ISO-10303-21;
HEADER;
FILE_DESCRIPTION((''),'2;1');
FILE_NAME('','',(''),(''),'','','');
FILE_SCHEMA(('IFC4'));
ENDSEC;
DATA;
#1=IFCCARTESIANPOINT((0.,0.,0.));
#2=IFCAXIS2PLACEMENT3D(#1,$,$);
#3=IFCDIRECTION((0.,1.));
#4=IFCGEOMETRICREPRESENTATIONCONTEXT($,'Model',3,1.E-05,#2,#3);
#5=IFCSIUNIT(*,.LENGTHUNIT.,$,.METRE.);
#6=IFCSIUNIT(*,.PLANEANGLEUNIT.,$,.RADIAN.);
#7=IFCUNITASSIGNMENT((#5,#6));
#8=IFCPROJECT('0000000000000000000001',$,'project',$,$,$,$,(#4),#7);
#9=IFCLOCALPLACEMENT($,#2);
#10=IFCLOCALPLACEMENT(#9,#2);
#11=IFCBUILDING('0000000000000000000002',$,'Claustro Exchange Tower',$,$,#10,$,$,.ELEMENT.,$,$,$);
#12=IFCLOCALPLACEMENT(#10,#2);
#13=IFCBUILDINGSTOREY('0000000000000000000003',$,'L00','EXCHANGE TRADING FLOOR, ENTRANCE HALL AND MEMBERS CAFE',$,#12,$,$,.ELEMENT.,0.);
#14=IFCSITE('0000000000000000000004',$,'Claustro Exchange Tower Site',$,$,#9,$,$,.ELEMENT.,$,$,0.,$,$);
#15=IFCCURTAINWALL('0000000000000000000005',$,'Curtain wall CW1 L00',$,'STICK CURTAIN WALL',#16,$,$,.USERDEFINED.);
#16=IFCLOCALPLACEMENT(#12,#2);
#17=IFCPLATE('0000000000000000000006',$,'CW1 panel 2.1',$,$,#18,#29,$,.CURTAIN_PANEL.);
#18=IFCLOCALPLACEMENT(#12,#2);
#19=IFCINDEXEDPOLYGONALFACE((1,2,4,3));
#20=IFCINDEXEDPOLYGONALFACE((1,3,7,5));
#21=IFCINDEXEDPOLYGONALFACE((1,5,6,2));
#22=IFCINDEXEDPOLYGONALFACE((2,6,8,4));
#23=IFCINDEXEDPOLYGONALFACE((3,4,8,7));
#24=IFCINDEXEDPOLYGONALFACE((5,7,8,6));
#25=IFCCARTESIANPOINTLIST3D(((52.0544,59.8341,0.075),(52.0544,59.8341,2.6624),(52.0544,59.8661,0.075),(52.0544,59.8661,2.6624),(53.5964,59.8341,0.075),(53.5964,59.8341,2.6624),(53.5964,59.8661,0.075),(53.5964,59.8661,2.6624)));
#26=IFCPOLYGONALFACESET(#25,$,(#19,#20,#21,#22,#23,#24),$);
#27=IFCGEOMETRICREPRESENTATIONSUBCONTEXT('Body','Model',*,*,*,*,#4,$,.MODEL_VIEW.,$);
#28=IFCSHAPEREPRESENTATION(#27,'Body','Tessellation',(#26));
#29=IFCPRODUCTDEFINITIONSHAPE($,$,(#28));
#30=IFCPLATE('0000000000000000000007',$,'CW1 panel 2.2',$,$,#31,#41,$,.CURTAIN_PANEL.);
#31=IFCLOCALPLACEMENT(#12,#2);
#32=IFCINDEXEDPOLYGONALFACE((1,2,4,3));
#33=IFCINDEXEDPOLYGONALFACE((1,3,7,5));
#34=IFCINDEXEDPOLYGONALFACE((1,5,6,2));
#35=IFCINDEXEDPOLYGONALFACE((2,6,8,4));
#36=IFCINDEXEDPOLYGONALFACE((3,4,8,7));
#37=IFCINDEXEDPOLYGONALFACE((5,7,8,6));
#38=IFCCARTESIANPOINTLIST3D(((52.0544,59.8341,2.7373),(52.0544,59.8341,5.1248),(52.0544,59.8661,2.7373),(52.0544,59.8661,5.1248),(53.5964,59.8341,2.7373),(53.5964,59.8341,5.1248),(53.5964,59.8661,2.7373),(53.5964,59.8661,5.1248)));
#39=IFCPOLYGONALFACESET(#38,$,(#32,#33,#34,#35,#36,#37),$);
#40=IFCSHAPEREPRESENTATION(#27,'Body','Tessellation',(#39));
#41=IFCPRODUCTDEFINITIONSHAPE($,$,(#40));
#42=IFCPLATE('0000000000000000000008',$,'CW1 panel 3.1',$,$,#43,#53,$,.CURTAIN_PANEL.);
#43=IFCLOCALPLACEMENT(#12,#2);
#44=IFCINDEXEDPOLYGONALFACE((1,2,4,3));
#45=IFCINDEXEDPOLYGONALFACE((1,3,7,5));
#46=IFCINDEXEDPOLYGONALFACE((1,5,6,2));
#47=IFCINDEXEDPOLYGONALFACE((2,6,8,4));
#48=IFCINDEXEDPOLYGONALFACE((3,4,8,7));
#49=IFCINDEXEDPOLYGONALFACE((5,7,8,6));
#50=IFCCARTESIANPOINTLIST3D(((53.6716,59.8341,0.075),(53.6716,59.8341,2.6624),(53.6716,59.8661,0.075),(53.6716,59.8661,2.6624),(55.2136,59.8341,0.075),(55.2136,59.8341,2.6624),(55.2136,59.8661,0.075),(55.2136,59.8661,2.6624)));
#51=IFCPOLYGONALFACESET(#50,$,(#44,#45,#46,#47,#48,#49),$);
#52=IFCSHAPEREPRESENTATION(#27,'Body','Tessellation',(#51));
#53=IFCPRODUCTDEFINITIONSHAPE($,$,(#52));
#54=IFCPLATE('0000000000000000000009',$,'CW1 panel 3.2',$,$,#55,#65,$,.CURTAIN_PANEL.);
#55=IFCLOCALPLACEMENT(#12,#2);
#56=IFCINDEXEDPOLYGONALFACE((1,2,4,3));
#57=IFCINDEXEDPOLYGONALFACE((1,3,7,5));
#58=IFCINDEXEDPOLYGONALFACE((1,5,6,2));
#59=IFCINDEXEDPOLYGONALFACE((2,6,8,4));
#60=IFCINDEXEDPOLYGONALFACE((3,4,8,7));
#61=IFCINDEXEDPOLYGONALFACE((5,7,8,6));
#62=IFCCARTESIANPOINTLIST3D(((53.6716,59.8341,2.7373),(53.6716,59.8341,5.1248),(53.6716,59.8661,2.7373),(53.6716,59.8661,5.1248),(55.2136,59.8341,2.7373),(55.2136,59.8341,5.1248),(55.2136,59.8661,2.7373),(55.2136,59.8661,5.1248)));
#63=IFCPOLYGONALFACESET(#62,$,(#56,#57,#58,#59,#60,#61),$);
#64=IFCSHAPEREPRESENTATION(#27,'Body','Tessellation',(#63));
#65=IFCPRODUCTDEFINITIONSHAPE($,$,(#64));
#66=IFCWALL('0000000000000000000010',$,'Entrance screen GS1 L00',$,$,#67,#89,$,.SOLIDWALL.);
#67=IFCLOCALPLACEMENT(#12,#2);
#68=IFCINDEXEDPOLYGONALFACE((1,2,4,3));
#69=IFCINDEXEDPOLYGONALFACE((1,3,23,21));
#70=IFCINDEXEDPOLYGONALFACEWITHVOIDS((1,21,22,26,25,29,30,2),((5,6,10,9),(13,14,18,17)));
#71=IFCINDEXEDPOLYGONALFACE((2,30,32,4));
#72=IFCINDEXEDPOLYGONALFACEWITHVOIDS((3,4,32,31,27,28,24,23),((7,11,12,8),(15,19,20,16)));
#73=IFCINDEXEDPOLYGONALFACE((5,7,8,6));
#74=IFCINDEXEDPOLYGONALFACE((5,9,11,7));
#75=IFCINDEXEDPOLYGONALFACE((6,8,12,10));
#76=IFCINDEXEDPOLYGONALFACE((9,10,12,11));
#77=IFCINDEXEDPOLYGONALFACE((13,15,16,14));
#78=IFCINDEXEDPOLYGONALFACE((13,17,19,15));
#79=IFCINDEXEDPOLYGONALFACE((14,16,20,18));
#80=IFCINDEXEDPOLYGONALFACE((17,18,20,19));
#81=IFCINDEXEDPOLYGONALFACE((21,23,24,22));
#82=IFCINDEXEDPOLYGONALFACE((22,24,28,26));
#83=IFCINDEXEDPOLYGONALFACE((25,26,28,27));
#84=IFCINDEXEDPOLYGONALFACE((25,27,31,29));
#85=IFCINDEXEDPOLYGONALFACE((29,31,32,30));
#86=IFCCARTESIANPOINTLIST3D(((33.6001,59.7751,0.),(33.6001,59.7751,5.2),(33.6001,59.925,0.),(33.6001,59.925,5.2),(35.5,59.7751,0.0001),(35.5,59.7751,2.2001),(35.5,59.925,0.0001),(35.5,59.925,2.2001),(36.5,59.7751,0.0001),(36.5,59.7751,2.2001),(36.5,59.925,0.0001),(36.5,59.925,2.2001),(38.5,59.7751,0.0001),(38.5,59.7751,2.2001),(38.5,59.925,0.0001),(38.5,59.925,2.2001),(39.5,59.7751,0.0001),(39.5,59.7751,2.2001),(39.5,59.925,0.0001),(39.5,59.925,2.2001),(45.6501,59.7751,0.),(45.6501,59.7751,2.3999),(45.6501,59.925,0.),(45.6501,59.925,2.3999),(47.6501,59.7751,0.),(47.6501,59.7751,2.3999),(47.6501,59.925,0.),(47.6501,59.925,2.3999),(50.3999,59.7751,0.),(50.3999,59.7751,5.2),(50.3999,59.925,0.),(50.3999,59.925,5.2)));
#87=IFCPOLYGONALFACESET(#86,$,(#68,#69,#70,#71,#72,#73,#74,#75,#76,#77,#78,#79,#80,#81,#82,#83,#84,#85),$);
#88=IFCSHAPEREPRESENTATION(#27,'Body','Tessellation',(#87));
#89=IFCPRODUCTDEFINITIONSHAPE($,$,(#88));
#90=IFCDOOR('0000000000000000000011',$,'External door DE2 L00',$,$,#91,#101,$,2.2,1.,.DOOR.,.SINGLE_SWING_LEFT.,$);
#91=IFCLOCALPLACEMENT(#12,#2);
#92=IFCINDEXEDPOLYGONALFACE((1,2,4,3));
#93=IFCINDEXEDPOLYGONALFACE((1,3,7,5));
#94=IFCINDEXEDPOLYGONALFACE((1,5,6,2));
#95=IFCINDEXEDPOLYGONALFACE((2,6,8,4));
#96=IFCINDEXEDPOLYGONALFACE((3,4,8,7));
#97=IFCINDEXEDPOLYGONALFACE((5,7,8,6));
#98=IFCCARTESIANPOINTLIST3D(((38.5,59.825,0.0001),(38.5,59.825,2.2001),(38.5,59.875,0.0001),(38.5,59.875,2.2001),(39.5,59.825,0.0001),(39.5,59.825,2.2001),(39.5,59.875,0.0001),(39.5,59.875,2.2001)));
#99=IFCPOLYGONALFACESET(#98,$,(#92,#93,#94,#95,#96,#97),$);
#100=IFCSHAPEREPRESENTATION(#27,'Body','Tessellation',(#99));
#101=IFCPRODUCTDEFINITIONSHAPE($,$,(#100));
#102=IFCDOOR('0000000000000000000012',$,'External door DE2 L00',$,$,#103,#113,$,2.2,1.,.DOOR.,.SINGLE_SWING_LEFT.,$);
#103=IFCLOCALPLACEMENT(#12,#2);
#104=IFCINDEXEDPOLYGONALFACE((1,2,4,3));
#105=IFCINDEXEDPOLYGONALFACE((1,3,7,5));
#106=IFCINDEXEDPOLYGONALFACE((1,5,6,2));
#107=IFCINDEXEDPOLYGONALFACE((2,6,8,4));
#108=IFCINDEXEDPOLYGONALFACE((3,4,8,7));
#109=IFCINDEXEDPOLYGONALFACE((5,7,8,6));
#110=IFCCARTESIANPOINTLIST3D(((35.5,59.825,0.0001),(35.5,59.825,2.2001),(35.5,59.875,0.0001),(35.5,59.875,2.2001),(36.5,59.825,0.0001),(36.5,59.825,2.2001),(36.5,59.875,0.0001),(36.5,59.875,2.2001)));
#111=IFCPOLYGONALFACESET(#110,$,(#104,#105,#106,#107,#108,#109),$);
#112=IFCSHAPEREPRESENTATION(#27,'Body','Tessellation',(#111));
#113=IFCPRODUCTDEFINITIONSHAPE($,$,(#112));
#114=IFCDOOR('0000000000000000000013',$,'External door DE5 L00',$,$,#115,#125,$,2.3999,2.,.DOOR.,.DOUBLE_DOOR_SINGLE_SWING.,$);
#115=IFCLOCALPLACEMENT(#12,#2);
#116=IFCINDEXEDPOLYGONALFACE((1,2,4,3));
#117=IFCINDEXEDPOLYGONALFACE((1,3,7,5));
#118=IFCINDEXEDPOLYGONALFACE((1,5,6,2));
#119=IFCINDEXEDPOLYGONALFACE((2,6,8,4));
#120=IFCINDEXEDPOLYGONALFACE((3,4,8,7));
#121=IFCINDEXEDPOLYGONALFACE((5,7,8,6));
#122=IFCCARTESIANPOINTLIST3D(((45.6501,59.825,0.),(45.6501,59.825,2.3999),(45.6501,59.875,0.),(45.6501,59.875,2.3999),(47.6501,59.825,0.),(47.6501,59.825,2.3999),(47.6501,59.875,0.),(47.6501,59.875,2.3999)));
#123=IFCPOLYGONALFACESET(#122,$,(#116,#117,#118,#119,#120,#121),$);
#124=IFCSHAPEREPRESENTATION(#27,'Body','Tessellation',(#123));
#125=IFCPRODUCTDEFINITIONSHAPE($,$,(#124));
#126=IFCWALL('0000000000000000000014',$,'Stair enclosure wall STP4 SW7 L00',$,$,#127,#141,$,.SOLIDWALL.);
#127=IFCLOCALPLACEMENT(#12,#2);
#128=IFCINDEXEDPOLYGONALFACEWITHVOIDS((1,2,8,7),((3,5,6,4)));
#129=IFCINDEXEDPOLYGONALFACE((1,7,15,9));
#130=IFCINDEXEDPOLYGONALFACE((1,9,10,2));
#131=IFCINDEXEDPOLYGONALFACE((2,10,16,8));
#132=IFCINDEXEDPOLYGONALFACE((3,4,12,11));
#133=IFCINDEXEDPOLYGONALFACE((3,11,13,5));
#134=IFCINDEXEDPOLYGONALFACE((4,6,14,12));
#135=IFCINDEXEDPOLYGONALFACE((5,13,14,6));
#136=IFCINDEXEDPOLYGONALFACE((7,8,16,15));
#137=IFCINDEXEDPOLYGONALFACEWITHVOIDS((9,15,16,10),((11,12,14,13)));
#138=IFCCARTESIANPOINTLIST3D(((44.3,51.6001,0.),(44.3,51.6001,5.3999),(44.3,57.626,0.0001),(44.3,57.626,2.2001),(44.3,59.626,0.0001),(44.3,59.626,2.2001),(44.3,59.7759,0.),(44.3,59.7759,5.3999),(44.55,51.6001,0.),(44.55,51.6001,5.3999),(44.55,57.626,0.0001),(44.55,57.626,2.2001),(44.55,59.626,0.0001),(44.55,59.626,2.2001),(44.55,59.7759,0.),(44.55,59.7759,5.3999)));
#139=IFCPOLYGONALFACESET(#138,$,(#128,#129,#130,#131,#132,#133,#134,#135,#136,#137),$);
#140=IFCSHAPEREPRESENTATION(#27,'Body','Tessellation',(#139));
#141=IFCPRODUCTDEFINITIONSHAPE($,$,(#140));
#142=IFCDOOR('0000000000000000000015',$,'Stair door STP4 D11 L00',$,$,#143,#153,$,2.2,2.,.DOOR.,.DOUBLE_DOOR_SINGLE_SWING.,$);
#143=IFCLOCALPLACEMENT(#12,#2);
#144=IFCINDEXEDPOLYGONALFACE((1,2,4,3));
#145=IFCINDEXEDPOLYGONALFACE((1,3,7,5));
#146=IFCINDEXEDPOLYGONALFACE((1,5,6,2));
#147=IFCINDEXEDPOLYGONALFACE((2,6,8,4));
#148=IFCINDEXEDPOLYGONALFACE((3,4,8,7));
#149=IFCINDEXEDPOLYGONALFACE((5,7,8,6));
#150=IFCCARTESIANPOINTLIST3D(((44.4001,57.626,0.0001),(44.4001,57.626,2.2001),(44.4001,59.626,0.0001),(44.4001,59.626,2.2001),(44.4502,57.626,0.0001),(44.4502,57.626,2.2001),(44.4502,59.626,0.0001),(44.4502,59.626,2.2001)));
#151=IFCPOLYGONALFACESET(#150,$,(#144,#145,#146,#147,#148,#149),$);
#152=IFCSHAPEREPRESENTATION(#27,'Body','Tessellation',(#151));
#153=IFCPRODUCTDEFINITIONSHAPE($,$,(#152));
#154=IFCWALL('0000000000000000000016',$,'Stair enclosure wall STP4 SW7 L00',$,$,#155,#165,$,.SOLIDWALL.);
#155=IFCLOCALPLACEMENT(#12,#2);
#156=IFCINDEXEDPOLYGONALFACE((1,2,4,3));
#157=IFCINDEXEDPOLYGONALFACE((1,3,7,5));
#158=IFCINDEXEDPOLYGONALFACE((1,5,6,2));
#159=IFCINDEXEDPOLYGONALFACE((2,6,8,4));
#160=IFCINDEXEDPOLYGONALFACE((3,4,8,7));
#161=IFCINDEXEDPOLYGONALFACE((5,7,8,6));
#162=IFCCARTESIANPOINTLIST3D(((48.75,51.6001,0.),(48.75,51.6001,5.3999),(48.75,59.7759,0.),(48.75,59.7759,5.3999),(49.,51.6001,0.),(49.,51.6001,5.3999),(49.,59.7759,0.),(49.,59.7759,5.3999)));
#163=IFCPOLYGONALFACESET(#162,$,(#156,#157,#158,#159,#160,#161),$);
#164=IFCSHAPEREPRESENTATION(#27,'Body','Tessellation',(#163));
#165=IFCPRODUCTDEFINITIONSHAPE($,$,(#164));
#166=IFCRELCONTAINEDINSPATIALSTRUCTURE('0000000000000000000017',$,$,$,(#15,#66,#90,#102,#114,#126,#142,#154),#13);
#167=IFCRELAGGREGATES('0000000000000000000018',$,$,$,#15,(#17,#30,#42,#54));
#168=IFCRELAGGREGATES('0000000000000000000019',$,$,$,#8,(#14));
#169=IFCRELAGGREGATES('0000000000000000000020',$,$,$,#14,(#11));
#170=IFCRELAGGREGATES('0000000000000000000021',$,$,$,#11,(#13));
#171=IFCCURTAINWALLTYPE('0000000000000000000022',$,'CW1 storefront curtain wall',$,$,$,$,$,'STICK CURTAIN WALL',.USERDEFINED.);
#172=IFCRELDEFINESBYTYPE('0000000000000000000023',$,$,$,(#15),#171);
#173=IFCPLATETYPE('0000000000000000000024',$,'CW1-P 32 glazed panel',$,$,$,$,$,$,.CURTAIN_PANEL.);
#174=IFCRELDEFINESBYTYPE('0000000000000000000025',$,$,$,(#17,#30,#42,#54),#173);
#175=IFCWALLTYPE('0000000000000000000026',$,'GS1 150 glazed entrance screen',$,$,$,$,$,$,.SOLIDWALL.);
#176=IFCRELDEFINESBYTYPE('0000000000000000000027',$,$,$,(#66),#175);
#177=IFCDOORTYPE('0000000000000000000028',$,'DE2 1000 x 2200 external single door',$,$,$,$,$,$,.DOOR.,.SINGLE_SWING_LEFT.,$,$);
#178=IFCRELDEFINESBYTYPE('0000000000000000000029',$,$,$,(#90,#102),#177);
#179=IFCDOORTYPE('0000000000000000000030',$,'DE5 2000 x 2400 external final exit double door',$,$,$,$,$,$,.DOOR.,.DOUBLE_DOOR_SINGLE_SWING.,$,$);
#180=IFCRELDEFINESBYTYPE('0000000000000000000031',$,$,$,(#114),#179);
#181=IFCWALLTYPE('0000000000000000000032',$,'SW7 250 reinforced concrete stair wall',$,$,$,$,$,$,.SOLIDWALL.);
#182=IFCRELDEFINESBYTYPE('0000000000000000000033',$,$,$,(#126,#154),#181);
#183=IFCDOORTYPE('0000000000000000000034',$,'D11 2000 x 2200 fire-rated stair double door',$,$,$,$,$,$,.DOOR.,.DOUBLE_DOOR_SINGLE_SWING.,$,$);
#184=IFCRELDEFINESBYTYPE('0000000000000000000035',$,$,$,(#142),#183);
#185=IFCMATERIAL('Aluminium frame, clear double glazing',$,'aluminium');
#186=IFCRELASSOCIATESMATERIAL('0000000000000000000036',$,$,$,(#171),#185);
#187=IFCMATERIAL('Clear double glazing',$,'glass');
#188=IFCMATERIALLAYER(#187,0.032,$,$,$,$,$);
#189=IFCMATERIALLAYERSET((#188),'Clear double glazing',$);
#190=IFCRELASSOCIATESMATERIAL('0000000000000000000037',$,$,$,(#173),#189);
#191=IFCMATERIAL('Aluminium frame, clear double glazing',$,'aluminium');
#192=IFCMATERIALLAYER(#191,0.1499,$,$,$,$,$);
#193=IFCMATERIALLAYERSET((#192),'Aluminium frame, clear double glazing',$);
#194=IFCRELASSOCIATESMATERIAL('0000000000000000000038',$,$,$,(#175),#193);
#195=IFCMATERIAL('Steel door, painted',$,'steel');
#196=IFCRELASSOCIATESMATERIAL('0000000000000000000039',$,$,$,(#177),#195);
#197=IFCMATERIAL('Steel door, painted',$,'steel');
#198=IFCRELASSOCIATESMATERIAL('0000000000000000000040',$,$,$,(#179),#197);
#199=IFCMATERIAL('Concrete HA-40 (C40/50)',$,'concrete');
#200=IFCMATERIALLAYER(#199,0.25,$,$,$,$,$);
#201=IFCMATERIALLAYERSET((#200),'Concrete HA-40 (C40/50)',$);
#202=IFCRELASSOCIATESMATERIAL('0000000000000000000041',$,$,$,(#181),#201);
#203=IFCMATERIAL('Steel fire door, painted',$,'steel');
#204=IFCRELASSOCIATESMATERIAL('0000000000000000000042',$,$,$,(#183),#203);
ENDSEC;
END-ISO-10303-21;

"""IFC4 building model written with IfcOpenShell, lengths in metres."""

from ifc_helpers import new_model, si_unit, direction, frame, frame_2d, origin, origin_2d, place, context, subcontext, project, spatial, rectangle, extrude, material, layer, layer_set, type_object, element, fill, aggregate, save


model = new_model("IFC4")

# Units and contexts
model_context = context("Model", 3, precision=1e-05, world=origin(), true_north=direction((0.0, 1.0)))
body_context = subcontext(model_context, "Body", "Model", "MODEL_VIEW")
ifc_project = project(units=[si_unit("LENGTHUNIT", "METRE"), si_unit("PLANEANGLEUNIT", "RADIAN")], contexts=[model_context])

# Site, building, storey
site_placement = place(None, origin())
site = spatial("IfcSite", under=ifc_project, at=site_placement, Name="Claustro Exchange Tower Site", CompositionType="ELEMENT", RefElevation=0.0)
building_placement = place(site_placement, origin())
building = spatial("IfcBuilding", under=site, at=building_placement, Name="Claustro Exchange Tower", CompositionType="ELEMENT")
storey_placement = place(building_placement, origin())
storey = spatial("IfcBuildingStorey", under=building, at=storey_placement, Name="L00", Description="EXCHANGE TRADING FLOOR, ENTRANCE HALL AND MEMBERS CAFE", CompositionType="ELEMENT", Elevation=0.0)

# Curtain wall, plates
ifc_material_1 = material(Name="Aluminium frame, clear double glazing", Category="aluminium")
curtain_wall_type = type_object("IfcCurtainWallType", Name="CW1 storefront curtain wall", ElementType="STICK CURTAIN WALL", PredefinedType="USERDEFINED", material=ifc_material_1)
curtain_wall_placement = place(storey_placement, origin())
curtain_wall = element("IfcCurtainWall", 1, at=curtain_wall_placement, inside=storey, type_object=curtain_wall_type, Name="Curtain wall CW1 L00", ObjectType="STICK CURTAIN WALL", PredefinedType="USERDEFINED")
ifc_material_2 = material(Name="Clear double glazing", Category="glass")
ifc_layer_1 = layer(ifc_material_2, 0.032)
ifc_layer_set_1 = layer_set([ifc_layer_1], Name="Clear double glazing")
plate_type = type_object("IfcPlateType", Name="CW1-P 32 glazed panel", PredefinedType="CURTAIN_PANEL", material=ifc_layer_set_1)
plate_1_placement = place(storey_placement, frame((52.8254, 59.8501, 0.075), z_axis=(0.0, 0.0, 1.0), x_axis=(1.0, 0.0, 0.0)))
plate_1 = element("IfcPlate", 2, at=plate_1_placement, type_object=plate_type, Name="CW1 panel 2.1", PredefinedType="CURTAIN_PANEL", context=body_context, shape_type="SweptSolid", body=[
    extrude(rectangle(XDim=1.542, YDim=0.032, at=origin_2d()), origin(), (0.0, 0.0, 1.0), 2.5874),
])
plate_2_placement = place(storey_placement, frame((52.8254, 59.8501, 2.7373), z_axis=(0.0, 0.0, 1.0), x_axis=(1.0, 0.0, 0.0)))
plate_2 = element("IfcPlate", 3, at=plate_2_placement, type_object=plate_type, Name="CW1 panel 2.2", PredefinedType="CURTAIN_PANEL", context=body_context, shape_type="SweptSolid", body=[
    extrude(rectangle(XDim=1.542, YDim=0.032, at=origin_2d()), origin(), (0.0, 0.0, 1.0), 2.3875),
])
plate_3_placement = place(storey_placement, frame((54.4426, 59.8501, 0.075), z_axis=(0.0, 0.0, 1.0), x_axis=(1.0, 0.0, 0.0)))
plate_3 = element("IfcPlate", 4, at=plate_3_placement, type_object=plate_type, Name="CW1 panel 3.1", PredefinedType="CURTAIN_PANEL", context=body_context, shape_type="SweptSolid", body=[
    extrude(rectangle(XDim=1.542, YDim=0.032, at=origin_2d()), origin(), (0.0, 0.0, 1.0), 2.5874),
])
plate_4_placement = place(storey_placement, frame((54.4426, 59.8501, 2.7373), z_axis=(0.0, 0.0, 1.0), x_axis=(1.0, 0.0, 0.0)))
plate_4 = element("IfcPlate", 5, at=plate_4_placement, type_object=plate_type, Name="CW1 panel 3.2", PredefinedType="CURTAIN_PANEL", context=body_context, shape_type="SweptSolid", body=[
    extrude(rectangle(XDim=1.542, YDim=0.032, at=origin_2d()), origin(), (0.0, 0.0, 1.0), 2.3875),
])
aggregate(curtain_wall, [plate_1, plate_2, plate_3, plate_4])

# Wall, openings, doors
ifc_material_3 = material(Name="Aluminium frame, clear double glazing", Category="aluminium")
ifc_layer_2 = layer(ifc_material_3, 0.1499)
ifc_layer_set_2 = layer_set([ifc_layer_2], Name="Aluminium frame, clear double glazing")
wall_type_1 = type_object("IfcWallType", Name="GS1 150 glazed entrance screen", PredefinedType="SOLIDWALL", material=ifc_layer_set_2)
wall_1_placement = place(storey_placement, frame((33.6001, 59.8501, 0.0), z_axis=(0.0, 0.0, 1.0), x_axis=(1.0, 0.0, 0.0)))
wall_1 = element("IfcWall", 6, at=wall_1_placement, inside=storey, type_object=wall_type_1, Name="Entrance screen GS1 L00", PredefinedType="SOLIDWALL", context=body_context, shape_type="SweptSolid", body=[
    extrude(rectangle(XDim=16.7998, YDim=0.1499, at=frame_2d((8.3999, 0.0))), origin(), (0.0, 0.0, 1.0), 5.2),
])
opening_1_placement = place(wall_1_placement, frame((4.8999, 0.0, 0.0)))
opening_1 = element("IfcOpeningElement", 7, at=opening_1_placement, cuts=wall_1, PredefinedType="OPENING", context=body_context, shape_type="SweptSolid", body=[
    extrude(rectangle(XDim=1.0, YDim=2.2, at=frame_2d((0.5, 1.1001))), frame((0.0, 0.085, 0.0), z_axis=(0.0, -1.0, 0.0), x_axis=(1.0, 0.0, 0.0)), (0.0, 0.0, 1.0), 0.1699),
])
opening_2_placement = place(wall_1_placement, frame((1.8999, 0.0, 0.0)))
opening_2 = element("IfcOpeningElement", 8, at=opening_2_placement, cuts=wall_1, PredefinedType="OPENING", context=body_context, shape_type="SweptSolid", body=[
    extrude(rectangle(XDim=1.0, YDim=2.2, at=frame_2d((0.5, 1.1001))), frame((0.0, 0.085, 0.0), z_axis=(0.0, -1.0, 0.0), x_axis=(1.0, 0.0, 0.0)), (0.0, 0.0, 1.0), 0.1699),
])
opening_3_placement = place(wall_1_placement, frame((12.05, 0.0, 0.0)))
opening_3 = element("IfcOpeningElement", 9, at=opening_3_placement, cuts=wall_1, PredefinedType="OPENING", context=body_context, shape_type="SweptSolid", body=[
    extrude(rectangle(XDim=2.0, YDim=2.3999, at=frame_2d((1.0, 1.2))), frame((0.0, 0.085, 0.0), z_axis=(0.0, -1.0, 0.0), x_axis=(1.0, 0.0, 0.0)), (0.0, 0.0, 1.0), 0.1699),
])
ifc_material_4 = material(Name="Steel door, painted", Category="steel")
door_type_1 = type_object("IfcDoorType", Name="DE2 1000 x 2200 external single door", OperationType="SINGLE_SWING_LEFT", PredefinedType="DOOR", material=ifc_material_4)
door_1_placement = place(opening_1_placement, origin())
door_1 = element("IfcDoor", 10, at=door_1_placement, inside=storey, type_object=door_type_1, Name="External door DE2 L00", OperationType="SINGLE_SWING_LEFT", OverallHeight=2.2, OverallWidth=1.0, PredefinedType="DOOR", context=body_context, shape_type="SweptSolid", body=[
    extrude(rectangle(XDim=1.0, YDim=2.2, at=frame_2d((0.5, 1.1001))), frame((0.0, 0.0249, 0.0), z_axis=(0.0, -1.0, 0.0), x_axis=(1.0, 0.0, 0.0)), (0.0, 0.0, 1.0), 0.05),
])
fill(opening_1, door_1)
door_2_placement = place(opening_2_placement, origin())
door_2 = element("IfcDoor", 11, at=door_2_placement, inside=storey, type_object=door_type_1, Name="External door DE2 L00", OperationType="SINGLE_SWING_LEFT", OverallHeight=2.2, OverallWidth=1.0, PredefinedType="DOOR", context=body_context, shape_type="SweptSolid", body=[
    extrude(rectangle(XDim=1.0, YDim=2.2, at=frame_2d((0.5, 1.1001))), frame((0.0, 0.0249, 0.0), z_axis=(0.0, -1.0, 0.0), x_axis=(1.0, 0.0, 0.0)), (0.0, 0.0, 1.0), 0.05),
])
fill(opening_2, door_2)
ifc_material_5 = material(Name="Steel door, painted", Category="steel")
door_type_2 = type_object("IfcDoorType", Name="DE5 2000 x 2400 external final exit double door", OperationType="DOUBLE_DOOR_SINGLE_SWING", PredefinedType="DOOR", material=ifc_material_5)
door_3_placement = place(opening_3_placement, origin())
door_3 = element("IfcDoor", 12, at=door_3_placement, inside=storey, type_object=door_type_2, Name="External door DE5 L00", OperationType="DOUBLE_DOOR_SINGLE_SWING", OverallHeight=2.3999, OverallWidth=2.0, PredefinedType="DOOR", context=body_context, shape_type="SweptSolid", body=[
    extrude(rectangle(XDim=2.0, YDim=2.3999, at=frame_2d((1.0, 1.2))), frame((0.0, 0.0249, 0.0), z_axis=(0.0, -1.0, 0.0), x_axis=(1.0, 0.0, 0.0)), (0.0, 0.0, 1.0), 0.05),
])
fill(opening_3, door_3)

# Wall, opening, door
ifc_material_6 = material(Name="Concrete HA-40 (C40/50)", Category="concrete")
ifc_layer_3 = layer(ifc_material_6, 0.25)
ifc_layer_set_3 = layer_set([ifc_layer_3], Name="Concrete HA-40 (C40/50)")
wall_type_2 = type_object("IfcWallType", Name="SW7 250 reinforced concrete stair wall", PredefinedType="SOLIDWALL", material=ifc_layer_set_3)
wall_2_placement = place(storey_placement, frame((44.425, 59.7759, 0.0), z_axis=(0.0, 0.0, 1.0), x_axis=(0.0, -1.0, 0.0)))
wall_2 = element("IfcWall", 13, at=wall_2_placement, inside=storey, type_object=wall_type_2, Name="Stair enclosure wall STP4 SW7 L00", PredefinedType="SOLIDWALL", context=body_context, shape_type="SweptSolid", body=[
    extrude(rectangle(XDim=8.1758, YDim=0.25, at=frame_2d((4.0879, 0.0))), origin(), (0.0, 0.0, 1.0), 5.3999),
])
opening_4_placement = place(wall_2_placement, frame((0.1499, 0.0, 0.0)))
opening_4 = element("IfcOpeningElement", 14, at=opening_4_placement, cuts=wall_2, PredefinedType="OPENING", context=body_context, shape_type="SweptSolid", body=[
    extrude(rectangle(XDim=2.0, YDim=2.2, at=frame_2d((1.0, 1.1001))), frame((0.0, 0.135, 0.0), z_axis=(0.0, -1.0, 0.0), x_axis=(1.0, 0.0, 0.0)), (0.0, 0.0, 1.0), 0.27),
])
ifc_material_7 = material(Name="Steel fire door, painted", Category="steel")
door_type_3 = type_object("IfcDoorType", Name="D11 2000 x 2200 fire-rated stair double door", OperationType="DOUBLE_DOOR_SINGLE_SWING", PredefinedType="DOOR", material=ifc_material_7)
door_4_placement = place(opening_4_placement, frame((2.0, 0.0, 0.0), z_axis=(0.0, 0.0, 1.0), x_axis=(-1.0, 0.0, 0.0)))
door_4 = element("IfcDoor", 15, at=door_4_placement, inside=storey, type_object=door_type_3, Name="Stair door STP4 D11 L00", OperationType="DOUBLE_DOOR_SINGLE_SWING", OverallHeight=2.2, OverallWidth=2.0, PredefinedType="DOOR", context=body_context, shape_type="SweptSolid", body=[
    extrude(rectangle(XDim=2.0, YDim=2.2, at=frame_2d((1.0, 1.1001))), frame((0.0, 0.0249, 0.0), z_axis=(0.0, -1.0, 0.0), x_axis=(1.0, 0.0, 0.0)), (0.0, 0.0, 1.0), 0.05),
])
fill(opening_4, door_4)

# Wall
wall_3_placement = place(storey_placement, frame((48.875, 59.7759, 0.0), z_axis=(0.0, 0.0, 1.0), x_axis=(0.0, -1.0, 0.0)))
element("IfcWall", 16, at=wall_3_placement, inside=storey, type_object=wall_type_2, Name="Stair enclosure wall STP4 SW7 L00", PredefinedType="SOLIDWALL", context=body_context, shape_type="SweptSolid", body=[
    extrude(rectangle(XDim=8.1758, YDim=0.25, at=frame_2d((4.0879, 0.0))), origin(), (0.0, 0.0, 1.0), 5.3999),
])

save(model, "model.ifc")
